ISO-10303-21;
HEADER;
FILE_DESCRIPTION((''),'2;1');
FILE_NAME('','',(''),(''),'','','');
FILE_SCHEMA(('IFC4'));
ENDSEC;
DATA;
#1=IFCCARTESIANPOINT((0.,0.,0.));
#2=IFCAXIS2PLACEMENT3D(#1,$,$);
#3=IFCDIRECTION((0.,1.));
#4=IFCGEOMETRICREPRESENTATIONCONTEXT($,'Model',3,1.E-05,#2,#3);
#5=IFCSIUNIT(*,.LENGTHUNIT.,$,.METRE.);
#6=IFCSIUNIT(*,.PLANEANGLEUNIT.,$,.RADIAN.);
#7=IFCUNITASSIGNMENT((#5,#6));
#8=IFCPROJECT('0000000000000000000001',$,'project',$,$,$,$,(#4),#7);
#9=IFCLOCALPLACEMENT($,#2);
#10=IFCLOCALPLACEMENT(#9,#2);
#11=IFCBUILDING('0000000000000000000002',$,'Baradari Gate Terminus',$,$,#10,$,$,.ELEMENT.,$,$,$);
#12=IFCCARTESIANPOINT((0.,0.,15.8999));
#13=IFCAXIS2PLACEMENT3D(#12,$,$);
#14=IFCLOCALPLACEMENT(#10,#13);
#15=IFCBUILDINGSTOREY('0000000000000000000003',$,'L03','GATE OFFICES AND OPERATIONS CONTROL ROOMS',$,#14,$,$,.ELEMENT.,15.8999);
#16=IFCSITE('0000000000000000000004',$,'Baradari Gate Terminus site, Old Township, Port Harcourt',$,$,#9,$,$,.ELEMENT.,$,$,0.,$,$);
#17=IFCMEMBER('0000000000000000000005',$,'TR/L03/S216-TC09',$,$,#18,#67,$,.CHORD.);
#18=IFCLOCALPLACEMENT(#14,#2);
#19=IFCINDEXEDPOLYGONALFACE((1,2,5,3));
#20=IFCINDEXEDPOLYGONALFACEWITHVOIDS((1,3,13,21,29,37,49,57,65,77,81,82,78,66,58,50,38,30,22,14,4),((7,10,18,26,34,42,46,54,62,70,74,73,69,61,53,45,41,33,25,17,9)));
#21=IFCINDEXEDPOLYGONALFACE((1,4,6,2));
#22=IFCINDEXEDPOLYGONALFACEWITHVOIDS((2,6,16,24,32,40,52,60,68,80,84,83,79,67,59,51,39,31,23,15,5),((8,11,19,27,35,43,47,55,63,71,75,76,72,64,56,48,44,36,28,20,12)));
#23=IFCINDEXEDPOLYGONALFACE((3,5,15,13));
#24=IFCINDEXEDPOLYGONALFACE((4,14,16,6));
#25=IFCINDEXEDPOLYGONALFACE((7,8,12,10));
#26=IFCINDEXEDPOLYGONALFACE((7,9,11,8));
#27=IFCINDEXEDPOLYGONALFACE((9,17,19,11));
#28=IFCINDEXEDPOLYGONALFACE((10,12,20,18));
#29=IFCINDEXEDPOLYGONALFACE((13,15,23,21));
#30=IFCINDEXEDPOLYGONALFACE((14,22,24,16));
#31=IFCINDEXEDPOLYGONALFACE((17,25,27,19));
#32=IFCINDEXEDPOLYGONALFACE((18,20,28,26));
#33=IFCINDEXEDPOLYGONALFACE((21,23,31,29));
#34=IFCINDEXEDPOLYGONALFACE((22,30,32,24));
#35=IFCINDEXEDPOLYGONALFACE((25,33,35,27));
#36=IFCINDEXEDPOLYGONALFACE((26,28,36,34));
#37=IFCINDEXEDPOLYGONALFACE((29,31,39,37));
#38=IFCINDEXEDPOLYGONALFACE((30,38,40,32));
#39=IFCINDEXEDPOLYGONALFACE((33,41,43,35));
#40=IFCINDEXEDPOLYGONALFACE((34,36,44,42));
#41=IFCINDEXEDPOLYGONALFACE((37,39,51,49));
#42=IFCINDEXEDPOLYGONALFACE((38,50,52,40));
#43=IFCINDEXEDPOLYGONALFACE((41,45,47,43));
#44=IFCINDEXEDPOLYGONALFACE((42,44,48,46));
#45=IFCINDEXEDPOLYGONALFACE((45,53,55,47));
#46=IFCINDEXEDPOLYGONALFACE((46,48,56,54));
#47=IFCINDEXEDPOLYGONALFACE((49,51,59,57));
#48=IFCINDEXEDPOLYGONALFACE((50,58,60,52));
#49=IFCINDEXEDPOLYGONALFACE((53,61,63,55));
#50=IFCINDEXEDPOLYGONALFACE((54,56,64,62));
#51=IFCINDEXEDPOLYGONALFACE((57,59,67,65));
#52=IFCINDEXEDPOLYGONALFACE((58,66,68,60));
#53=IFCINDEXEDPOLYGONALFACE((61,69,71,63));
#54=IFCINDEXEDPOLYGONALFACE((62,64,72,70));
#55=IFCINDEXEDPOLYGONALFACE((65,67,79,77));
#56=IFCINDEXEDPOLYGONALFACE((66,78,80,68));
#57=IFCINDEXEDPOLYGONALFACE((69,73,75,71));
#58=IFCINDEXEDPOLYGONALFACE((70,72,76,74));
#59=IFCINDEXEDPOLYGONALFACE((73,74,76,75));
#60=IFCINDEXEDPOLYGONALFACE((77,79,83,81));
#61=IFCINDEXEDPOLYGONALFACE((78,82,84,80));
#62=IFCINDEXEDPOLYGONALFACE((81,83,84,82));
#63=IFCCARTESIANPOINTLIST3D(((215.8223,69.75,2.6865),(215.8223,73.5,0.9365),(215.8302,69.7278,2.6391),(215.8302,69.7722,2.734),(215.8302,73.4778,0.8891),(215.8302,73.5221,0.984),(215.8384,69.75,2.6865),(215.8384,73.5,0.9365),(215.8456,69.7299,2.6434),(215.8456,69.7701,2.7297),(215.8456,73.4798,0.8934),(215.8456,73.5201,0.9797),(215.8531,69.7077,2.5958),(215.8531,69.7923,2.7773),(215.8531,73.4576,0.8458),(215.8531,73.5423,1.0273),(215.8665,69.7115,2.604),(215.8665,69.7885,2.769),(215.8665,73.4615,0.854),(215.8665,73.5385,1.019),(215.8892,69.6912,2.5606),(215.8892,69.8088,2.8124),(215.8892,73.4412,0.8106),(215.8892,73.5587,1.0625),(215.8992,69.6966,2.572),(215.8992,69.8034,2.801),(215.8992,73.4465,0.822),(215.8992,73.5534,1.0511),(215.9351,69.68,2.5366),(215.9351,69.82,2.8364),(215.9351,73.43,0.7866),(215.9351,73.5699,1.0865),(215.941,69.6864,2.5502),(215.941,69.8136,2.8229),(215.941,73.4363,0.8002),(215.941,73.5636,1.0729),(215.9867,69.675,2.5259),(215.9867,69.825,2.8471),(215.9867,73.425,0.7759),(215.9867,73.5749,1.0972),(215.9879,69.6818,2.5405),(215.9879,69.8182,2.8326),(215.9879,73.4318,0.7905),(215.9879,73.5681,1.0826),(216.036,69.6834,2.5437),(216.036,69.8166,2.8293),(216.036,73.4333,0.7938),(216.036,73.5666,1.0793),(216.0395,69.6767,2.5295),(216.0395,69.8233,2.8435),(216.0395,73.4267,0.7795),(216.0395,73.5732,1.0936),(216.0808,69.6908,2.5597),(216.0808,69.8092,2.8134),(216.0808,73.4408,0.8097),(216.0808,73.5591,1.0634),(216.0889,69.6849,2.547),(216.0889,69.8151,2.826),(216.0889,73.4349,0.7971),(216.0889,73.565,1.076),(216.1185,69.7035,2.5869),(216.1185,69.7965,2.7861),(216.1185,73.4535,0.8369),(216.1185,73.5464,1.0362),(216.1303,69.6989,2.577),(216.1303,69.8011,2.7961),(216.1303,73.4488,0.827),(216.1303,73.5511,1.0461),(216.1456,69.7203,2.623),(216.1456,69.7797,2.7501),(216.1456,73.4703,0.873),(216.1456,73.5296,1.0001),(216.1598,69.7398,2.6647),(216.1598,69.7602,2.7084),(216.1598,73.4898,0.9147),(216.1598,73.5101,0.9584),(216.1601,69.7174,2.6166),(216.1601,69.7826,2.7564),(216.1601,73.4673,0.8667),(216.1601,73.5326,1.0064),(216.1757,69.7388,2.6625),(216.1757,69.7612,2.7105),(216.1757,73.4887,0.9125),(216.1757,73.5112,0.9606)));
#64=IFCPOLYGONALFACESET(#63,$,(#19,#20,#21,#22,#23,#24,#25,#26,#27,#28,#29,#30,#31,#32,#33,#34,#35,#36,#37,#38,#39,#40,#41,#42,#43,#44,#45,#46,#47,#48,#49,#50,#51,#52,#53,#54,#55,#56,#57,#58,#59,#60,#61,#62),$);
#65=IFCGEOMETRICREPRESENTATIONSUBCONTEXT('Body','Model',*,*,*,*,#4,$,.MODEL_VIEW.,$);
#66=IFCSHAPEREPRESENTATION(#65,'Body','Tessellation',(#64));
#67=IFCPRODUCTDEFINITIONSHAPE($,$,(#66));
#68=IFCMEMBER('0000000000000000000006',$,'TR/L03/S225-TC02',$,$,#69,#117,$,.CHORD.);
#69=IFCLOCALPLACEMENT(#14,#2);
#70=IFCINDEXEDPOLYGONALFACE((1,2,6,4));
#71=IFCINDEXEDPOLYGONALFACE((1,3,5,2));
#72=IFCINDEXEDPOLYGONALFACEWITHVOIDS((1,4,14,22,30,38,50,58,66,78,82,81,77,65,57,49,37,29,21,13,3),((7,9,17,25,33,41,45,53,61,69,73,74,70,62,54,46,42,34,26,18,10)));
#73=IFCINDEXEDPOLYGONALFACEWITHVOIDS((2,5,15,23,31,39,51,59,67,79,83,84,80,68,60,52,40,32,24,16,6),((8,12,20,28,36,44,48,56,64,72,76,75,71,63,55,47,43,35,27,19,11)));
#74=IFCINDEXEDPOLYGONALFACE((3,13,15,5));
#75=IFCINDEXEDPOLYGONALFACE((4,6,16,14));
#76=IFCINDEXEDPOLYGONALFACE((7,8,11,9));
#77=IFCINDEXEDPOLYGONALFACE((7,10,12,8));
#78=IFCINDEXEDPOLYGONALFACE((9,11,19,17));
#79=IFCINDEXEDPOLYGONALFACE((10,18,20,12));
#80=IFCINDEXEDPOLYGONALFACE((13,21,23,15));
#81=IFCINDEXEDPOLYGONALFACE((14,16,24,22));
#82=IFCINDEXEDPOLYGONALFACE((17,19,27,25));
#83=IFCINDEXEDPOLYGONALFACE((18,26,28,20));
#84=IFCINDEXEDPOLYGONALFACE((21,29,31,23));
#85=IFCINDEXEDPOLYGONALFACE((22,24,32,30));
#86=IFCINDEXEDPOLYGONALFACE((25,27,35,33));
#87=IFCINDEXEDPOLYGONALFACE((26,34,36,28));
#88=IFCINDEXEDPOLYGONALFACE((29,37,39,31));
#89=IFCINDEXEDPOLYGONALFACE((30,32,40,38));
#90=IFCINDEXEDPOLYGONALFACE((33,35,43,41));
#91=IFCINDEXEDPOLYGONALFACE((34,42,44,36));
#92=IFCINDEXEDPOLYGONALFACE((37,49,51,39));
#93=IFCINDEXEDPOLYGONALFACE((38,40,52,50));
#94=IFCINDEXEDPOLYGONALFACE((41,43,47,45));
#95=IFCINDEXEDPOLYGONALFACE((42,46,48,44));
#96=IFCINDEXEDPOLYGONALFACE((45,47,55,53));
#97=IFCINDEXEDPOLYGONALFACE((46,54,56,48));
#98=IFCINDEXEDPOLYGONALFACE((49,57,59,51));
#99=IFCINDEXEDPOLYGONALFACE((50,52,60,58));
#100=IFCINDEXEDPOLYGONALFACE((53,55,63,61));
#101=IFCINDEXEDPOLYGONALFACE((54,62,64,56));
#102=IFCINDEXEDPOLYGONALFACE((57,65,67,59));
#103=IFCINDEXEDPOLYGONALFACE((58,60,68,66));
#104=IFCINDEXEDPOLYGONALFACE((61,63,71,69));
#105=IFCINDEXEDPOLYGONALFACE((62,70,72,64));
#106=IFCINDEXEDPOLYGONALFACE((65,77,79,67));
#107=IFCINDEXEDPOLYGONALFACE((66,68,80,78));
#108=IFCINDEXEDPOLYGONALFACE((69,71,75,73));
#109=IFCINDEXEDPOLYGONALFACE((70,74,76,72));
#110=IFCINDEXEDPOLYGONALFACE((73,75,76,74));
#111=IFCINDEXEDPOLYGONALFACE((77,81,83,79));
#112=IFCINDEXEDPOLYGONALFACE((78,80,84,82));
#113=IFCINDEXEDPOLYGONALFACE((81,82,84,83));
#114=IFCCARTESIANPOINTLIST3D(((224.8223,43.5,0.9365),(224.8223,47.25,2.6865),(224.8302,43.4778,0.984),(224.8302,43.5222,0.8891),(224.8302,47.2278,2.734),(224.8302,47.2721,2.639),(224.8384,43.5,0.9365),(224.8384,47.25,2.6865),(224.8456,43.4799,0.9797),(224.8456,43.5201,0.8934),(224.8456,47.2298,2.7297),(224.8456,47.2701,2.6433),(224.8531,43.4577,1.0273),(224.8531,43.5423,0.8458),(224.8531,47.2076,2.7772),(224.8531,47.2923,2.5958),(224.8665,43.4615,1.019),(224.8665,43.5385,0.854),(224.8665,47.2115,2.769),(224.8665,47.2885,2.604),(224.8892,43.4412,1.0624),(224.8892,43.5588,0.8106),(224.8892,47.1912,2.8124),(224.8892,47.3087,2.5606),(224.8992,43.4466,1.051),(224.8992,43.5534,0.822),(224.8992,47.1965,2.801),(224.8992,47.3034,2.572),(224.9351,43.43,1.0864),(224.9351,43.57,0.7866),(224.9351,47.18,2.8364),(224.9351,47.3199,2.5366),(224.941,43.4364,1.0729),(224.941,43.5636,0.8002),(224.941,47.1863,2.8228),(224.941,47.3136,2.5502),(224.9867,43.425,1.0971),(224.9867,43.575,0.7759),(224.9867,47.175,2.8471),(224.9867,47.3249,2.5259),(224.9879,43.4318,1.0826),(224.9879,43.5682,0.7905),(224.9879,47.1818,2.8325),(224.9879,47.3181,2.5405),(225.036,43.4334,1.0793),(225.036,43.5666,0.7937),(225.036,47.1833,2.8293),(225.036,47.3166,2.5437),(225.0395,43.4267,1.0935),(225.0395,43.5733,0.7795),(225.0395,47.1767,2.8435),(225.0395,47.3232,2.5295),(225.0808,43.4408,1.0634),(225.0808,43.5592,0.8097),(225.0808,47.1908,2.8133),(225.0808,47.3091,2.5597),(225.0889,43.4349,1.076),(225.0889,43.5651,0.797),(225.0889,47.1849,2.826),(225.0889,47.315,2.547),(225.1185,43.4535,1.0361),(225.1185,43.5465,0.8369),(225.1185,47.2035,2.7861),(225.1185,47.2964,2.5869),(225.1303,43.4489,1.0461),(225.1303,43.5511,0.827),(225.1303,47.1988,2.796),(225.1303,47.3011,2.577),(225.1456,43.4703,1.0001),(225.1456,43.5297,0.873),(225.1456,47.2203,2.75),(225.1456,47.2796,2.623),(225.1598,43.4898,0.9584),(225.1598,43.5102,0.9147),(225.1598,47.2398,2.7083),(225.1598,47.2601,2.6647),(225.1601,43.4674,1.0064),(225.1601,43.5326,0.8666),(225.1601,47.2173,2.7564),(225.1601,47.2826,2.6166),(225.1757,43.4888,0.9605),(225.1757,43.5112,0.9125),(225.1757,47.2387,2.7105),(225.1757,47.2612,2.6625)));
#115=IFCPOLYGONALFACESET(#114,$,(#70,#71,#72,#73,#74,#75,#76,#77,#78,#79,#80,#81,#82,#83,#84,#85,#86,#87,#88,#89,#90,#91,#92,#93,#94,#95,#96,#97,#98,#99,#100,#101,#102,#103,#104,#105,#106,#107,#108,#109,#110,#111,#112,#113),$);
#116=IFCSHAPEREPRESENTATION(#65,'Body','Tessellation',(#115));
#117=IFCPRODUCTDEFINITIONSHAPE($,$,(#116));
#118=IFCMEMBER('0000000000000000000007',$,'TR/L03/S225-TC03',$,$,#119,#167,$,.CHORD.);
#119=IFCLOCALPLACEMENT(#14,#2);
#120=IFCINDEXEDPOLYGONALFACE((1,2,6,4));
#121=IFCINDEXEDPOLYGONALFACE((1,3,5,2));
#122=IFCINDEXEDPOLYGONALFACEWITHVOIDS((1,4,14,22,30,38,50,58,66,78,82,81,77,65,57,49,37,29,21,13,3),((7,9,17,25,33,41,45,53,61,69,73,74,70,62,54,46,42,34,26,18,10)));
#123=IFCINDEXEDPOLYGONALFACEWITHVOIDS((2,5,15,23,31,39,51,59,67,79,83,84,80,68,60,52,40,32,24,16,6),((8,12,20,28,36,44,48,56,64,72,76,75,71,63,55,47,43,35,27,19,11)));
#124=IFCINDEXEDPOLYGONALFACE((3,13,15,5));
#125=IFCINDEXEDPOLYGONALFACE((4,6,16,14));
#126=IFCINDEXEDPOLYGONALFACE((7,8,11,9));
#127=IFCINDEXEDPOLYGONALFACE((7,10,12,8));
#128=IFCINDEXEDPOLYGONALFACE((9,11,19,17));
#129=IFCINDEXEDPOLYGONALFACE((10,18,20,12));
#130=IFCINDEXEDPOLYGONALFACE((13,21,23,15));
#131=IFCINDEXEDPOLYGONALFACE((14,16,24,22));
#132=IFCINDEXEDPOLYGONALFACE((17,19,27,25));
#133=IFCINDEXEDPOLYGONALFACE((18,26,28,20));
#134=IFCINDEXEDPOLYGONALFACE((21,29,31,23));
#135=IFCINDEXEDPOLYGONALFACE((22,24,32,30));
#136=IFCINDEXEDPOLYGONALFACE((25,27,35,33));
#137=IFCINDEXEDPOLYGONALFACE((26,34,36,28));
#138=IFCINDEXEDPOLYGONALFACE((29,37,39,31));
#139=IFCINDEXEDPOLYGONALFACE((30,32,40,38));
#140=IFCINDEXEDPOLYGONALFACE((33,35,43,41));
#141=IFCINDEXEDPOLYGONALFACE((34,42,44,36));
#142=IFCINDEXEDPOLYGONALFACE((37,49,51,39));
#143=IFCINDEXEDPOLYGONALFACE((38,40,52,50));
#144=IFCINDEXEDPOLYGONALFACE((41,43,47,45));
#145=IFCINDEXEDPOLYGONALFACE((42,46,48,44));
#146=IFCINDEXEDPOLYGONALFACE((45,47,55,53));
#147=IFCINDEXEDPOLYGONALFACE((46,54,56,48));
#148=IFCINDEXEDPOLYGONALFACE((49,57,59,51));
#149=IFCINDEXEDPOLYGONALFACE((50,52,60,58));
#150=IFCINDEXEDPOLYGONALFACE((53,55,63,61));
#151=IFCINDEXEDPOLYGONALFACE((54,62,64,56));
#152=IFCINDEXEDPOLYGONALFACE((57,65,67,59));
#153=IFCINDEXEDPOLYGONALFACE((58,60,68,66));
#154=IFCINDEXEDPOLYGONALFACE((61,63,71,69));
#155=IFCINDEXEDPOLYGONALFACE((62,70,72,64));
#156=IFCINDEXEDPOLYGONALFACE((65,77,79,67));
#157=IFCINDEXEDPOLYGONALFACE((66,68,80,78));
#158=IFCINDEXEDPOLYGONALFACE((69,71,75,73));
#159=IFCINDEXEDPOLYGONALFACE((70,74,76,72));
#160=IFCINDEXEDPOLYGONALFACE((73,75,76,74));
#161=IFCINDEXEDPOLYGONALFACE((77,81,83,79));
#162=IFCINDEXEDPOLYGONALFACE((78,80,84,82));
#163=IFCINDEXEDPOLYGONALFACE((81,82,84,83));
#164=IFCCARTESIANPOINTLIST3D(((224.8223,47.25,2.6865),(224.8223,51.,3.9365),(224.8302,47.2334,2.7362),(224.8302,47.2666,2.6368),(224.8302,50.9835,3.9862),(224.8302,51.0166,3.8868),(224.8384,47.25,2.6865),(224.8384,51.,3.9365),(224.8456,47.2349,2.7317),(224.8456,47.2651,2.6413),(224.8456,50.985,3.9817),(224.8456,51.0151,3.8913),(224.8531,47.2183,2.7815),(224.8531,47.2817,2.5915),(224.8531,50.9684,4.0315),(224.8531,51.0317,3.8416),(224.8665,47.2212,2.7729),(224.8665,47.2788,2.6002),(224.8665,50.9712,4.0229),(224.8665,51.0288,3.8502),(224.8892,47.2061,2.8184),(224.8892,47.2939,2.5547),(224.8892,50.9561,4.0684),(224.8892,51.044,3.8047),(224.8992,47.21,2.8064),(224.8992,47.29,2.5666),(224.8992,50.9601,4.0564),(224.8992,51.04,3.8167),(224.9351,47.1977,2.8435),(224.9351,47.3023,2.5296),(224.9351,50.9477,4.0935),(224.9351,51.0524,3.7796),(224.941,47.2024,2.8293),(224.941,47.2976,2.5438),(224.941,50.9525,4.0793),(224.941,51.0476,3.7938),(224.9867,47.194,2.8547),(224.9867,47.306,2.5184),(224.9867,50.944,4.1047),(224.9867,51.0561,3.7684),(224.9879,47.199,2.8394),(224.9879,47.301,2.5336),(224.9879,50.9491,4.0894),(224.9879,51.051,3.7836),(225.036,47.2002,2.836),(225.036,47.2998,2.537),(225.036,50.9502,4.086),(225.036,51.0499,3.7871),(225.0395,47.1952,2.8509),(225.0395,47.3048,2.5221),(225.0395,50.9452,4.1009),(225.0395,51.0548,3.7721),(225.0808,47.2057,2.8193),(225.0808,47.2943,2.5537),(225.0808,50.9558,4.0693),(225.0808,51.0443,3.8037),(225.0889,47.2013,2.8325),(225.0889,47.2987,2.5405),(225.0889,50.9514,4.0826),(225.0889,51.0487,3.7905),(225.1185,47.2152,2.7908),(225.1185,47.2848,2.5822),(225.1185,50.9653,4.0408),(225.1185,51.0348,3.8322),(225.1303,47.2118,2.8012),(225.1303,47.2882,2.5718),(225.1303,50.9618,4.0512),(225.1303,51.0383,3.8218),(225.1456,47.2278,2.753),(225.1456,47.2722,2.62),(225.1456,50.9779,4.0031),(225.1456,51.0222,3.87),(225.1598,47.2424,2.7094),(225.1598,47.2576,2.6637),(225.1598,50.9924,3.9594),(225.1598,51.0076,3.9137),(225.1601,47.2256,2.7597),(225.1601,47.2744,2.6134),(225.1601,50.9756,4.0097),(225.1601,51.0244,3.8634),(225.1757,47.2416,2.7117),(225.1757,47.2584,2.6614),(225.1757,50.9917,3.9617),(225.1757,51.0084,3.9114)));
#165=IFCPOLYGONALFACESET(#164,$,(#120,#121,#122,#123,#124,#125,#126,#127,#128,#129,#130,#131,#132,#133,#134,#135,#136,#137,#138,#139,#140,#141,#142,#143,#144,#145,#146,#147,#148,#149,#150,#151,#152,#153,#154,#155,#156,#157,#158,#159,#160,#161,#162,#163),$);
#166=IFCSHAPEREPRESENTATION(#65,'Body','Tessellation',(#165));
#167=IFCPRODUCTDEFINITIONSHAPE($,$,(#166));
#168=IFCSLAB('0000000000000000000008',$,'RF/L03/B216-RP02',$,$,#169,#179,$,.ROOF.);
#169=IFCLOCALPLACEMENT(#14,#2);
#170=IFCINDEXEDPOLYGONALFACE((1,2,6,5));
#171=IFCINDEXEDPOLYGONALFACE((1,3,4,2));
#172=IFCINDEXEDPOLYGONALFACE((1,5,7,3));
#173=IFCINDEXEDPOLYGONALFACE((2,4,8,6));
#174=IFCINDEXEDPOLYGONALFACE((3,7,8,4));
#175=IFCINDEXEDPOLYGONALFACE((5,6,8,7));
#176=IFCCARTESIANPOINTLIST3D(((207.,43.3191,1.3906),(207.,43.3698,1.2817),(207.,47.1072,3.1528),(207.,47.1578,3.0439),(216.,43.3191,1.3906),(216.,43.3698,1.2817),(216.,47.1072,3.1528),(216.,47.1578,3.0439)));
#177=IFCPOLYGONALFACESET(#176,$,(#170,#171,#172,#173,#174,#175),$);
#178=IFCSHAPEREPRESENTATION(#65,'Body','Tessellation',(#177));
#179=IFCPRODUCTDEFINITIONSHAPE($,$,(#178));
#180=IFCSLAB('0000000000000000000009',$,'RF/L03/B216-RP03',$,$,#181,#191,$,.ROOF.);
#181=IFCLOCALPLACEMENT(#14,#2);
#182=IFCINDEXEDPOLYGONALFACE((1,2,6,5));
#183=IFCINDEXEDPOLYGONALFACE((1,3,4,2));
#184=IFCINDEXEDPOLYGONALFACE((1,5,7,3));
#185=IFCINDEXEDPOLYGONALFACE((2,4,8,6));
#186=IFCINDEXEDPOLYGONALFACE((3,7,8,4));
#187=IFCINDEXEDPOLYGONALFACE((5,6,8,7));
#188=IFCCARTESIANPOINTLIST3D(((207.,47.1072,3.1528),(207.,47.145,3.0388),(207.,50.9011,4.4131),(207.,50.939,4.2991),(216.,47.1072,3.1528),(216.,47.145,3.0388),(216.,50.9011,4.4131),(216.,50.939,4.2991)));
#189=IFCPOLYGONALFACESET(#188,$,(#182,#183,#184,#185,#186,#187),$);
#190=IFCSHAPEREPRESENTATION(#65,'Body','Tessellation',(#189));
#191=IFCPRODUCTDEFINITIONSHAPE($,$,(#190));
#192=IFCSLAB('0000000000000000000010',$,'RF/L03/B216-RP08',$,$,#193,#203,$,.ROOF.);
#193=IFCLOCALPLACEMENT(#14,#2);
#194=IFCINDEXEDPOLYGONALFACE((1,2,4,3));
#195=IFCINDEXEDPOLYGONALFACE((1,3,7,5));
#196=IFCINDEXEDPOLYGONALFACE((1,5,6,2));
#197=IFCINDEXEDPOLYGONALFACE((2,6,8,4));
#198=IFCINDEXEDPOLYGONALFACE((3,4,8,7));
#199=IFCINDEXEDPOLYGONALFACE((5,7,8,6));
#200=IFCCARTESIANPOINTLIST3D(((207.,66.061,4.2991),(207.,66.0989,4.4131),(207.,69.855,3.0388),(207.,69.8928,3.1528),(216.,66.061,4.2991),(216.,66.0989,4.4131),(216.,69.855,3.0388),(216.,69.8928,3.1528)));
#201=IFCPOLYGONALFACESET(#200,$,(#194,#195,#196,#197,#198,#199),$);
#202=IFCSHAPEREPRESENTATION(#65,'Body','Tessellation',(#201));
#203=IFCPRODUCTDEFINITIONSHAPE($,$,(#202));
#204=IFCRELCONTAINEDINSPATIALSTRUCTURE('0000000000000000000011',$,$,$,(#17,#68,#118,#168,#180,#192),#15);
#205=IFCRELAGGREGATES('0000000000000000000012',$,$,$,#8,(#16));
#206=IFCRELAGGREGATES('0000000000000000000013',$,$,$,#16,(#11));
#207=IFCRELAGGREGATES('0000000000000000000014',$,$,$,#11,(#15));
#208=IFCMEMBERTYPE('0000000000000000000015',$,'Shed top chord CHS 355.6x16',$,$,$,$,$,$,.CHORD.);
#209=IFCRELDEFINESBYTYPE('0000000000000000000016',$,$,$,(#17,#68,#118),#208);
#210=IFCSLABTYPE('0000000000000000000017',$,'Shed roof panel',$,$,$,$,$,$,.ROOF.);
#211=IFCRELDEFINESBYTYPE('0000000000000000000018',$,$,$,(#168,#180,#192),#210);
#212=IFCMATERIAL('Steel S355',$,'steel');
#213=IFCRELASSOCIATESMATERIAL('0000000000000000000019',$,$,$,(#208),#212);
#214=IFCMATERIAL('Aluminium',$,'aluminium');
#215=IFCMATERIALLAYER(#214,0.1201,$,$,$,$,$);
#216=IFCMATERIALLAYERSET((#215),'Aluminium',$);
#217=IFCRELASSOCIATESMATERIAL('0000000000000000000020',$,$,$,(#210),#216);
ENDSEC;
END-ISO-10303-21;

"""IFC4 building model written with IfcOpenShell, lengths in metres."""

from ifc_helpers import new_model, si_unit, direction, frame, origin, origin_2d, place, context, subcontext, project, spatial, polyline, hollow_circle, outline, extrude, material, layer, layer_set, material_profile, profile_set, type_object, element, save


model = new_model("IFC4")

# Units and contexts
model_context = context("Model", 3, precision=1e-05, world=origin(), true_north=direction((0.0, 1.0)))
body_context = subcontext(model_context, "Body", "Model", "MODEL_VIEW")
ifc_project = project(units=[si_unit("LENGTHUNIT", "METRE"), si_unit("PLANEANGLEUNIT", "RADIAN")], contexts=[model_context])

# Site, building, storey
site_placement = place(None, origin())
site = spatial("IfcSite", under=ifc_project, at=site_placement, Name="Baradari Gate Terminus site, Old Township, Port Harcourt", CompositionType="ELEMENT", RefElevation=0.0)
building_placement = place(site_placement, origin())
building = spatial("IfcBuilding", under=site, at=building_placement, Name="Baradari Gate Terminus", CompositionType="ELEMENT")
storey_placement = place(building_placement, frame((0.0, 0.0, 15.8999)))
storey = spatial("IfcBuildingStorey", under=building, at=storey_placement, Name="L03", Description="GATE OFFICES AND OPERATIONS CONTROL ROOMS", CompositionType="ELEMENT", Elevation=15.8999)

# Members
ifc_material_1 = material(Name="Steel S355", Category="steel")
ifc_material_profile_1 = material_profile(ifc_material_1, hollow_circle(Radius=0.1777, WallThickness=0.0161, at=origin_2d()), Name="CHS 355.6x16")
ifc_profile_set_1 = profile_set([ifc_material_profile_1], Name="Steel S355")
member_type_1 = type_object("IfcMemberType", Name="Shed top chord CHS 355.6x16", PredefinedType="CHORD", material=ifc_profile_set_1)
for number, where, z_axis, x_axis, name in (
    (1, (216.0, 69.75, 2.6865), (0.0, 0.906183, -0.422885), (-1.0, 0.0, 0.0), "TR/L03/S216-TC09"),
    (2, (225.0, 43.5, 0.9365), (0.0, 0.906183, 0.422885), (-1.0, 0.0, 0.0), "TR/L03/S225-TC02"),
):
    element("IfcMember", number, at=place(storey_placement, frame(where, z_axis=z_axis, x_axis=x_axis)), inside=storey, type_object=member_type_1, Name=name, PredefinedType="CHORD", context=body_context, shape_type="SweptSolid", body=[
        extrude(hollow_circle(Radius=0.1777, WallThickness=0.0161, at=origin_2d()), origin(), (0.0, 0.0, 1.0), 4.1382),
    ])
member_1_placement = place(storey_placement, frame((225.0, 47.25, 2.6865), z_axis=(0.0, 0.948683, 0.316228), x_axis=(-1.0, 0.0, 0.0)))
element("IfcMember", 3, at=member_1_placement, inside=storey, type_object=member_type_1, Name="TR/L03/S225-TC03", PredefinedType="CHORD", context=body_context, shape_type="SweptSolid", body=[
    extrude(hollow_circle(Radius=0.1777, WallThickness=0.0161, at=origin_2d()), origin(), (0.0, 0.0, 1.0), 3.9529),
])

# Slabs
ifc_material_2 = material(Name="Aluminium", Category="aluminium")
ifc_layer = layer(ifc_material_2, 0.1201)
ifc_layer_set = layer_set([ifc_layer], Name="Aluminium")
slab_type = type_object("IfcSlabType", Name="Shed roof panel", PredefinedType="ROOF", material=ifc_layer_set)
slab_1_placement = place(storey_placement, frame((207.0, 43.3191, 1.3906), z_axis=(0.0, -0.421791, 0.906693), x_axis=(1.0, 0.0, 0.0)))
element("IfcSlab", 4, at=slab_1_placement, inside=storey, type_object=slab_type, Name="RF/L03/B216-RP02", PredefinedType="ROOF", context=body_context, shape_type="SweptSolid", body=[
    extrude(outline(polyline([(0.0, 0.0), (9.0, 0.0), (9.0, 4.1779), (0.0, 4.1779), (0.0, 0.0)])), origin(), (0.0, 0.0, -1.0), 0.1201),
])
for number, where, z_axis, x_axis, name in (
    (5, (207.0, 47.1072, 3.1528), (0.0, -0.315238, 0.949013), (1.0, 0.0, 0.0), "RF/L03/B216-RP03"),
    (6, (207.0, 66.0989, 4.4131), (0.0, 0.315238, 0.949013), (1.0, 0.0, 0.0), "RF/L03/B216-RP08"),
):
    element("IfcSlab", number, at=place(storey_placement, frame(where, z_axis=z_axis, x_axis=x_axis)), inside=storey, type_object=slab_type, Name=name, PredefinedType="ROOF", context=body_context, shape_type="SweptSolid", body=[
        extrude(outline(polyline([(0.0, 0.0), (9.0, 0.0), (9.0, 3.9978), (0.0, 3.9978), (0.0, 0.0)])), origin(), (0.0, 0.0, -1.0), 0.1201),
    ])

save(model, "model.ifc")
